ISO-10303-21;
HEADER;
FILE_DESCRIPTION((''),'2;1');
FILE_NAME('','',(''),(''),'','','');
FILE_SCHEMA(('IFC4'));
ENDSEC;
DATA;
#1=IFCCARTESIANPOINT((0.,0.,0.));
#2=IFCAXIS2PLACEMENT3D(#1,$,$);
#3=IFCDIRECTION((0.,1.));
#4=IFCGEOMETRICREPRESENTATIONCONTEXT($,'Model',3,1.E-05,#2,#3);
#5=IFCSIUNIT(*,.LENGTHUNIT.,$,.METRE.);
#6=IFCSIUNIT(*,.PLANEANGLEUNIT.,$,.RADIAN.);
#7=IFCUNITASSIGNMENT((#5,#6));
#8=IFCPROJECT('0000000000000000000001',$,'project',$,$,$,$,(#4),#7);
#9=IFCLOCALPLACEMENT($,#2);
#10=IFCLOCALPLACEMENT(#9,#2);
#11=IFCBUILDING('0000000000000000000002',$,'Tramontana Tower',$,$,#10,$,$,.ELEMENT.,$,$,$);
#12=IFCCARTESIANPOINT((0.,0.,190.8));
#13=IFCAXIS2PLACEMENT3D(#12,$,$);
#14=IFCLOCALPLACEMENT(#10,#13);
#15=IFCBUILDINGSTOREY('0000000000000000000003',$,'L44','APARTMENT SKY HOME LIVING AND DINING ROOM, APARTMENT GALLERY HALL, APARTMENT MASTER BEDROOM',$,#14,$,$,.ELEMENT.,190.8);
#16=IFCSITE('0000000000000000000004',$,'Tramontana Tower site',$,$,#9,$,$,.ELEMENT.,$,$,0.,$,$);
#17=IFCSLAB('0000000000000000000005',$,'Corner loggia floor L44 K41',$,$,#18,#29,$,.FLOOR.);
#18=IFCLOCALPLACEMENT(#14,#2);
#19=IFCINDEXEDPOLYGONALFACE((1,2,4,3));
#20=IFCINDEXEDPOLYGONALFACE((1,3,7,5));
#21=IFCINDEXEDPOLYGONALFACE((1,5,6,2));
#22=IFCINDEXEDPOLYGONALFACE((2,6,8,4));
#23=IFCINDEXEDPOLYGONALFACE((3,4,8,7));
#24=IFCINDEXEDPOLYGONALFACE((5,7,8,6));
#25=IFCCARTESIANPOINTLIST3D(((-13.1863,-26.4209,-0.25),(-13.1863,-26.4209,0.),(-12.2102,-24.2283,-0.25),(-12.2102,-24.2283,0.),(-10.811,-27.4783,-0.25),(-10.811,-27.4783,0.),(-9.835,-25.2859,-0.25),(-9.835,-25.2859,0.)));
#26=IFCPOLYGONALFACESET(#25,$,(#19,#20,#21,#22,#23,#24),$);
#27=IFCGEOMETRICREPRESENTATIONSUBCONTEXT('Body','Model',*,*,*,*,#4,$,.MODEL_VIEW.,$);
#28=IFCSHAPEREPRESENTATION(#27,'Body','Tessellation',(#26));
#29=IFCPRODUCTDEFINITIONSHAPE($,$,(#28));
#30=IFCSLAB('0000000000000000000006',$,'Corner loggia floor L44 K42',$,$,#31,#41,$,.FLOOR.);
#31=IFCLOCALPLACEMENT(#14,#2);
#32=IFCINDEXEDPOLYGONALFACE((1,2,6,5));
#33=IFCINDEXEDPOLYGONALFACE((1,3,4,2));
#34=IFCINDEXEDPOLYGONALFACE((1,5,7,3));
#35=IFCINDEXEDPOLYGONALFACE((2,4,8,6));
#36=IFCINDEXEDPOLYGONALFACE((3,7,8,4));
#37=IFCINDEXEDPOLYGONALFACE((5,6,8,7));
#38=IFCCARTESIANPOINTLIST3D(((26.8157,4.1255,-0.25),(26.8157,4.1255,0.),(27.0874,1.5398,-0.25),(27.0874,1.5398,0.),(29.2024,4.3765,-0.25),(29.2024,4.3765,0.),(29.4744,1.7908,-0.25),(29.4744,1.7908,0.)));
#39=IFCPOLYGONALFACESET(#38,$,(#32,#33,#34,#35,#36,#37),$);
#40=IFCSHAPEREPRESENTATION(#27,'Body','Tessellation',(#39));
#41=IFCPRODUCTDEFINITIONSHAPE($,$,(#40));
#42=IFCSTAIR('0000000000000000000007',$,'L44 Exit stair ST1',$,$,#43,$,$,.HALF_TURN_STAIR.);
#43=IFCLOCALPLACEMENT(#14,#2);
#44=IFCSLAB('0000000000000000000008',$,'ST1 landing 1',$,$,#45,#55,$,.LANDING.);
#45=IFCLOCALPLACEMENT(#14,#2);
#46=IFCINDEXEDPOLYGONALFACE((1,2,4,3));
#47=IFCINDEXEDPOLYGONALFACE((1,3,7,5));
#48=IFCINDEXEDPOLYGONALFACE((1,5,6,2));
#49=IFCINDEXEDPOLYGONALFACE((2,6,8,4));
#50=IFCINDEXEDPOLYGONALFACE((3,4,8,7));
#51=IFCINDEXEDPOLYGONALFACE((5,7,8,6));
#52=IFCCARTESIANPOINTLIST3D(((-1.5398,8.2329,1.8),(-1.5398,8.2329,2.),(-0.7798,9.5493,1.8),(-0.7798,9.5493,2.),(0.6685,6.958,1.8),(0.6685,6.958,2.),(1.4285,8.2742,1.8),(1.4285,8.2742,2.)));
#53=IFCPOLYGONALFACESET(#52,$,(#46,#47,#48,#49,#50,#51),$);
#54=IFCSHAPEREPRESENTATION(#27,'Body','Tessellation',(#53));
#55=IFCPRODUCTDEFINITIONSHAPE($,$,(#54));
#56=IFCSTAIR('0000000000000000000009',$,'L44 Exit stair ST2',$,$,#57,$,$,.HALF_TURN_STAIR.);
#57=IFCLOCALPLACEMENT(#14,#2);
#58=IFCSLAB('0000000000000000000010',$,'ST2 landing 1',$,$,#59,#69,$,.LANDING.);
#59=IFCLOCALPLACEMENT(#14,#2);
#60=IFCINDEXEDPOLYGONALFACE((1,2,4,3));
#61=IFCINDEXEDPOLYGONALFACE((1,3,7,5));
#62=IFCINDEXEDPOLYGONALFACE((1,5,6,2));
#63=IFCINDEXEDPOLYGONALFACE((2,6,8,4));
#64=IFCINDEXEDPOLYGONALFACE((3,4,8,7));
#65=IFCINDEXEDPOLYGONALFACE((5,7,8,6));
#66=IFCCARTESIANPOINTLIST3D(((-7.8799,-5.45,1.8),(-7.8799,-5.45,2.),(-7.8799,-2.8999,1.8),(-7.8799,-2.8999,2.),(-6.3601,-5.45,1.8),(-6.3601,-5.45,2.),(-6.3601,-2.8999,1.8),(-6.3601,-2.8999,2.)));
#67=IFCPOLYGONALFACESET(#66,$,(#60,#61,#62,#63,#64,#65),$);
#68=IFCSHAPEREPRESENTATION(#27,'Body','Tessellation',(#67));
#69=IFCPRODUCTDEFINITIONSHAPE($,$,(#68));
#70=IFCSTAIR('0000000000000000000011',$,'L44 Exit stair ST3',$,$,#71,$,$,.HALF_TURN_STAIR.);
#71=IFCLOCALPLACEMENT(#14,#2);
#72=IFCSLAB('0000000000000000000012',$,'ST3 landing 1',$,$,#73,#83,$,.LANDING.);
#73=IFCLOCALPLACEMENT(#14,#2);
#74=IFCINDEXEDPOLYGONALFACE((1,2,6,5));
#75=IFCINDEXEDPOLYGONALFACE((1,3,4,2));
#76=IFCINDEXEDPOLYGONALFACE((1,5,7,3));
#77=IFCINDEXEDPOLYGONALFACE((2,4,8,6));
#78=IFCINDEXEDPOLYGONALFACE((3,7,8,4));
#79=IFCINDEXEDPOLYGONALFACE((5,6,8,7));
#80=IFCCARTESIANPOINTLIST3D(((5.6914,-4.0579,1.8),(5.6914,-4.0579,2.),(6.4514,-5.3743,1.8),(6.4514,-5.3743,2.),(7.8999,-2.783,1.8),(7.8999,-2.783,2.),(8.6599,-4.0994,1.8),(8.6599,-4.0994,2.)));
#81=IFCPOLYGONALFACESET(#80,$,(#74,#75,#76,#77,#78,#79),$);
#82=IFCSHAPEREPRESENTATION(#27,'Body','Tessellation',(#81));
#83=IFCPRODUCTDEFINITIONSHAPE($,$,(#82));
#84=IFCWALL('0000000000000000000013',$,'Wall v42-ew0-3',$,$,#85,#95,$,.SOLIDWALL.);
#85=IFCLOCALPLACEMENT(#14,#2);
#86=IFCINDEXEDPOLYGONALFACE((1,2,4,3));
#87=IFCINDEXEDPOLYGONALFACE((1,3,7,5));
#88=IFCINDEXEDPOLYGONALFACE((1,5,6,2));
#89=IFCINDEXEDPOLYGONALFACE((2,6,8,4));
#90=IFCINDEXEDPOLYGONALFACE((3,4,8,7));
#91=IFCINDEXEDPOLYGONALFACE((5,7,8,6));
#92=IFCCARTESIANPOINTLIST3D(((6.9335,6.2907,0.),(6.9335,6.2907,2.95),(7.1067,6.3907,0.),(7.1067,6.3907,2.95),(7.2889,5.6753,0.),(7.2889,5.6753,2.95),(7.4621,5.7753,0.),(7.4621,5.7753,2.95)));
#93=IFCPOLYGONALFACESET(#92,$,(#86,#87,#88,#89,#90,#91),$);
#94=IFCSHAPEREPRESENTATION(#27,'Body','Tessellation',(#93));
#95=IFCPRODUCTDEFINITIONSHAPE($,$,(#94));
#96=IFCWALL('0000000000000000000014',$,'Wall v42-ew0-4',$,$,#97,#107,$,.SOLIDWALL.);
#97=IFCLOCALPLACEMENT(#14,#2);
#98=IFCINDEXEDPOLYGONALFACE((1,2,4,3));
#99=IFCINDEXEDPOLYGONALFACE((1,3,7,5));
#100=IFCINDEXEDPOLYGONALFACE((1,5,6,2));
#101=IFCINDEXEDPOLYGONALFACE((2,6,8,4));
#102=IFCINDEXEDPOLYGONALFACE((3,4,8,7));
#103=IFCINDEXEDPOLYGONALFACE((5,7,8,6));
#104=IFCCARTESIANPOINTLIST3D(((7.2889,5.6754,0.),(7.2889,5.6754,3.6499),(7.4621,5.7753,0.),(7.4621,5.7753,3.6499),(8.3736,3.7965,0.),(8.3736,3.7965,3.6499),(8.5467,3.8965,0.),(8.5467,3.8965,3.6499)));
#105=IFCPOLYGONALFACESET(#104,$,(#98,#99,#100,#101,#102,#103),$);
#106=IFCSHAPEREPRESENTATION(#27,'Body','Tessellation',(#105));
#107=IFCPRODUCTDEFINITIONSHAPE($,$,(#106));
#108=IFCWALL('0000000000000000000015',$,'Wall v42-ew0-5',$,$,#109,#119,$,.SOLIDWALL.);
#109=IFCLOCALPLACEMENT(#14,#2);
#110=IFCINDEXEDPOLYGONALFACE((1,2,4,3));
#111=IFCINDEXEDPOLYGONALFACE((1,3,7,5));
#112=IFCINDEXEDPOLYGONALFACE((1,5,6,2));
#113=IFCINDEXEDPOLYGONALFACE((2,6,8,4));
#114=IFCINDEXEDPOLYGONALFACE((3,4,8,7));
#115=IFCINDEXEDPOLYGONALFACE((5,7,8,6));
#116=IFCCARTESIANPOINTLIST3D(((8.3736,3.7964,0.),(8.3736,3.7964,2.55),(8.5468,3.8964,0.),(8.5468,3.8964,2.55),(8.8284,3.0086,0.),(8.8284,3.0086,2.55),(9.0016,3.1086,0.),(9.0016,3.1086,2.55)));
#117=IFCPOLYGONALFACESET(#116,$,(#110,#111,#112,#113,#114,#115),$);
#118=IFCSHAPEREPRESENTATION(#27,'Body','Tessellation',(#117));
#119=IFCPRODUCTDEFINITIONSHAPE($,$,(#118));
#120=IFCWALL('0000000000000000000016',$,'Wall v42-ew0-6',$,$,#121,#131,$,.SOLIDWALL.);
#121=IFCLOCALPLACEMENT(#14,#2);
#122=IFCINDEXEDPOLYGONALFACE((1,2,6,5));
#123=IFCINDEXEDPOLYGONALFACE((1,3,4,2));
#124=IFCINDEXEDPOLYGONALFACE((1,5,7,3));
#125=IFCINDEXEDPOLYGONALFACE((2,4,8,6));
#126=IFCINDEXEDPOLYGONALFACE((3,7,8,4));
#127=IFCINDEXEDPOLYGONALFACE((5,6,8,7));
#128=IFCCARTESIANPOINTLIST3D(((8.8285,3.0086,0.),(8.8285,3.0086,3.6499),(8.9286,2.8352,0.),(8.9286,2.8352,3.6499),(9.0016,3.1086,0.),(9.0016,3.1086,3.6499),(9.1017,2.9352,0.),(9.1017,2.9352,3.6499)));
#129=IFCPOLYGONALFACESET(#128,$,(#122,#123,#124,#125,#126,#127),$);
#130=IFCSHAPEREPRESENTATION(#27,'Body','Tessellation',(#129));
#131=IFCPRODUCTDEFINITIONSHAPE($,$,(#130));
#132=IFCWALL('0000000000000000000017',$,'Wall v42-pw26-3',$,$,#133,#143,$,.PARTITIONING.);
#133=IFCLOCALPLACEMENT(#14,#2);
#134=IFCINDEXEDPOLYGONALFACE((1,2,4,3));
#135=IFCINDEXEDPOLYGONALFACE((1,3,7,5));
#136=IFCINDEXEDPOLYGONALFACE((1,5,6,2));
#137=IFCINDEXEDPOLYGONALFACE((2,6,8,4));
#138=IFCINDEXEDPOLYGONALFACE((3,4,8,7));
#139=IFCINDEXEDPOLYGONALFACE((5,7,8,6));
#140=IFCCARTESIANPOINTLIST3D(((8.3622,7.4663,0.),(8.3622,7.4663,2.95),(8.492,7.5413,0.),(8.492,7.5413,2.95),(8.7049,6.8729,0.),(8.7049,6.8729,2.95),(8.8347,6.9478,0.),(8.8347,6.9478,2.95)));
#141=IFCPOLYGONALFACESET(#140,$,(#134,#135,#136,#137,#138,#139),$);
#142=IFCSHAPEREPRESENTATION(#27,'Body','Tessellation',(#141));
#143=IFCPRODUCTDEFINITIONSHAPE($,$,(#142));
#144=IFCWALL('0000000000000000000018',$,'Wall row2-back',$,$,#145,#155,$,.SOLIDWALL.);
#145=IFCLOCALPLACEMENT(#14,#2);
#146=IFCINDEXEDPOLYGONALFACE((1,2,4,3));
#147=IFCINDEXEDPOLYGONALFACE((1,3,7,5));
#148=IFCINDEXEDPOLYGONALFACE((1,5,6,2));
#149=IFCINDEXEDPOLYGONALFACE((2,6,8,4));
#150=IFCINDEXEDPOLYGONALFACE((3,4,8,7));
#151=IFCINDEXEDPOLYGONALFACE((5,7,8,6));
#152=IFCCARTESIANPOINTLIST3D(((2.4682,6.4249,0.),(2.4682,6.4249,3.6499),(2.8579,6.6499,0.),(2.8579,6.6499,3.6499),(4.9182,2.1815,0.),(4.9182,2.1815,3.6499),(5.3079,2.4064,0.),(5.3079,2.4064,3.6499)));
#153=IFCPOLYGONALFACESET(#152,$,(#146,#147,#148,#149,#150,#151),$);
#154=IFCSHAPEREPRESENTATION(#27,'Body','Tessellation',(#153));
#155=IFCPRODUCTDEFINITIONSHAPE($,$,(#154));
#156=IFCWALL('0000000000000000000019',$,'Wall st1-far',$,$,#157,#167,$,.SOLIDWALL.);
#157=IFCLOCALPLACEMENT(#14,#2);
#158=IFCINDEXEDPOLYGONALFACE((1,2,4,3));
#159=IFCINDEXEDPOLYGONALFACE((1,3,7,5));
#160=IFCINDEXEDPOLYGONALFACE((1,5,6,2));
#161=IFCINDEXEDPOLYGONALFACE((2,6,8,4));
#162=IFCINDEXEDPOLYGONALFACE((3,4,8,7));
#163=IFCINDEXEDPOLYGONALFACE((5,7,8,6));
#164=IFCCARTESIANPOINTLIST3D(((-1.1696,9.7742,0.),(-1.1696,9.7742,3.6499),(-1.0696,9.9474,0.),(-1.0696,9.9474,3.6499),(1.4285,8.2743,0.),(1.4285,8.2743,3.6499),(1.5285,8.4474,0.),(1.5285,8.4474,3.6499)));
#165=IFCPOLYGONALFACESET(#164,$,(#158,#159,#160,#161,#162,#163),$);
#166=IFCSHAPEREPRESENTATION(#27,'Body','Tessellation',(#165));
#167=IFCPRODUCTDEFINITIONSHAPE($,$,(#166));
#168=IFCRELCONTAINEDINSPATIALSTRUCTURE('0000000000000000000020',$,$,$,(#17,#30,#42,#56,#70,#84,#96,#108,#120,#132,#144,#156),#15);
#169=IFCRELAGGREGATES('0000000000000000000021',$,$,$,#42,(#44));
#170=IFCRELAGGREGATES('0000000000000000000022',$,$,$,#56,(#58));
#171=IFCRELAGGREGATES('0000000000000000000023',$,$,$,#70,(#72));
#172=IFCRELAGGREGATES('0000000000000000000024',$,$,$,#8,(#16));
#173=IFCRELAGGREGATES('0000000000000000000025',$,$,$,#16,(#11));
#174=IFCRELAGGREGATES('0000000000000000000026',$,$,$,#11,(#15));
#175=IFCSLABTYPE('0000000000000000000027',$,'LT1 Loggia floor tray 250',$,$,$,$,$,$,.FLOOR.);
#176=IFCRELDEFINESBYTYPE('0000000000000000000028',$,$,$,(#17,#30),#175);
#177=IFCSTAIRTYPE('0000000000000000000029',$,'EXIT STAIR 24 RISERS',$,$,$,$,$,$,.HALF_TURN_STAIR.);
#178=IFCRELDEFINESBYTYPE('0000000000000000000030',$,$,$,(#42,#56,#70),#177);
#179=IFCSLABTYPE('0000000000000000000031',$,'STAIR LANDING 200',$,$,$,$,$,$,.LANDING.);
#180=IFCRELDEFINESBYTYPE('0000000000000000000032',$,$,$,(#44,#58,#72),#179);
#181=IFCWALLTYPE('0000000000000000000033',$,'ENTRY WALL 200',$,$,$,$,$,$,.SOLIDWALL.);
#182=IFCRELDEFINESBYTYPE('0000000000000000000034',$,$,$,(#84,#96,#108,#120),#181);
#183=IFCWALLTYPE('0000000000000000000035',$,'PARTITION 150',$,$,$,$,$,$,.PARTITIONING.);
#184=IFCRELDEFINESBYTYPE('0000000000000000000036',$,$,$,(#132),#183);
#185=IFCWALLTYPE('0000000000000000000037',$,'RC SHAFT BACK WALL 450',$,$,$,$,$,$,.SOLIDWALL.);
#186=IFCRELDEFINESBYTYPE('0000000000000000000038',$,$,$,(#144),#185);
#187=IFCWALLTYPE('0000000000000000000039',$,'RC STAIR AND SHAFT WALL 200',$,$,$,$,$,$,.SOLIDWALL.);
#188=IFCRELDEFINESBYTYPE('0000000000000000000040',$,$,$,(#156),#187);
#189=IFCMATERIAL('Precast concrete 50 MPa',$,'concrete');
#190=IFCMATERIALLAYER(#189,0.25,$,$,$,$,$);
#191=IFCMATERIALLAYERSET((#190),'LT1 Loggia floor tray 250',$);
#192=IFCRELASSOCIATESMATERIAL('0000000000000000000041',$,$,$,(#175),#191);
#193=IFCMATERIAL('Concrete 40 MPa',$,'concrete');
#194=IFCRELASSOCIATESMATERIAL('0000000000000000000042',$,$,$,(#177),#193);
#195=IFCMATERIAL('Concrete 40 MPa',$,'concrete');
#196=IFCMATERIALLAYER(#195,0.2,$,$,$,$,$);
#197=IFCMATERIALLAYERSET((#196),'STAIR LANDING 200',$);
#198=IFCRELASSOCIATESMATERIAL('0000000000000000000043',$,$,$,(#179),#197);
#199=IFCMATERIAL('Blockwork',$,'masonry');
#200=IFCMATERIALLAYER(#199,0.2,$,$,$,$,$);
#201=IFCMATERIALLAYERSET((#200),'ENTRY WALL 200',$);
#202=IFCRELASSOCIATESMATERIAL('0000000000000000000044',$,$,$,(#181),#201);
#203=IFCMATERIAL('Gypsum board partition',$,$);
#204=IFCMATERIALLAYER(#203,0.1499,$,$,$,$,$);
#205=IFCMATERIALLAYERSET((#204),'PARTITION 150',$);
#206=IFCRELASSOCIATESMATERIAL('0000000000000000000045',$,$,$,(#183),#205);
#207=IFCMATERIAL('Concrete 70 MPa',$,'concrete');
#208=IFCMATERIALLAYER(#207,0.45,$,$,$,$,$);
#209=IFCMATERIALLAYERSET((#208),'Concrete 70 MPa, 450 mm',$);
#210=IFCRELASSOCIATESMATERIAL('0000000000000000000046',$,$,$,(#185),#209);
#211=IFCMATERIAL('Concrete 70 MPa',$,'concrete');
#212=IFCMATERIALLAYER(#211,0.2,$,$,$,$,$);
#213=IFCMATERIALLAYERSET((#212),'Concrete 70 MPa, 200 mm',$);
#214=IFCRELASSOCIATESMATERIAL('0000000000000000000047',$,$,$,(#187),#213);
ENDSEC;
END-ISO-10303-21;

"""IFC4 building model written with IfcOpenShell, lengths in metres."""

from ifc_helpers import new_model, si_unit, direction, frame, frame_2d, origin, place, context, subcontext, project, spatial, polyline, rectangle, outline, extrude, material, layer, layer_set, type_object, element, aggregate, save


model = new_model("IFC4")

# Units and contexts
model_context = context("Model", 3, precision=1e-05, world=origin(), true_north=direction((0.0, 1.0)))
body_context = subcontext(model_context, "Body", "Model", "MODEL_VIEW")
ifc_project = project(units=[si_unit("LENGTHUNIT", "METRE"), si_unit("PLANEANGLEUNIT", "RADIAN")], contexts=[model_context])

# Site, building, storey
site_placement = place(None, origin())
site = spatial("IfcSite", under=ifc_project, at=site_placement, Name="Tramontana Tower site", CompositionType="ELEMENT", RefElevation=0.0)
building_placement = place(site_placement, origin())
building = spatial("IfcBuilding", under=site, at=building_placement, Name="Tramontana Tower", CompositionType="ELEMENT")
storey_placement = place(building_placement, frame((0.0, 0.0, 190.8)))
storey = spatial("IfcBuildingStorey", under=building, at=storey_placement, Name="L44", Description="APARTMENT SKY HOME LIVING AND DINING ROOM, APARTMENT GALLERY HALL, APARTMENT MASTER BEDROOM", CompositionType="ELEMENT", Elevation=190.8)

# Slabs
ifc_material_1 = material(Name="Precast concrete 50 MPa", Category="concrete")
ifc_layer_1 = layer(ifc_material_1, 0.25)
ifc_layer_set_1 = layer_set([ifc_layer_1], Name="LT1 Loggia floor tray 250")
slab_type_1 = type_object("IfcSlabType", Name="LT1 Loggia floor tray 250", PredefinedType="FLOOR", material=ifc_layer_set_1)
slab_1_placement = place(storey_placement, frame((0.0, 0.0, -0.25)))
element("IfcSlab", 1, at=slab_1_placement, inside=storey, type_object=slab_type_1, Name="Corner loggia floor L44 K41", PredefinedType="FLOOR", context=body_context, shape_type="SweptSolid", body=[
    extrude(outline(polyline([(-13.1863, -26.4209), (-12.2102, -24.2283), (-9.835, -25.2859), (-10.811, -27.4783), (-13.1863, -26.4209)])), origin(), (0.0, 0.0, 1.0), 0.25),
])
slab_2_placement = place(storey_placement, frame((0.0, 0.0, -0.25)))
element("IfcSlab", 2, at=slab_2_placement, inside=storey, type_object=slab_type_1, Name="Corner loggia floor L44 K42", PredefinedType="FLOOR", context=body_context, shape_type="SweptSolid", body=[
    extrude(outline(polyline([(29.4744, 1.7908), (27.0874, 1.5398), (26.8157, 4.1255), (29.2024, 4.3765), (29.4744, 1.7908)])), origin(), (0.0, 0.0, 1.0), 0.25),
])

# Stairs, slabs
ifc_material_2 = material(Name="Concrete 40 MPa", Category="concrete")
stair_type = type_object("IfcStairType", Name="EXIT STAIR 24 RISERS", PredefinedType="HALF_TURN_STAIR", material=ifc_material_2)
stair_1_placement = place(storey_placement, origin())
stair_1 = element("IfcStair", 3, at=stair_1_placement, inside=storey, type_object=stair_type, Name="L44 Exit stair ST1", PredefinedType="HALF_TURN_STAIR")
ifc_material_3 = material(Name="Concrete 40 MPa", Category="concrete")
ifc_layer_2 = layer(ifc_material_3, 0.2)
ifc_layer_set_2 = layer_set([ifc_layer_2], Name="STAIR LANDING 200")
slab_type_2 = type_object("IfcSlabType", Name="STAIR LANDING 200", PredefinedType="LANDING", material=ifc_layer_set_2)
slab_3_placement = place(storey_placement, frame((0.0, 0.0, 1.8)))
slab_3 = element("IfcSlab", 4, at=slab_3_placement, type_object=slab_type_2, Name="ST1 landing 1", PredefinedType="LANDING", context=body_context, shape_type="SweptSolid", body=[
    extrude(outline(polyline([(0.6685, 6.958), (1.4285, 8.2742), (-0.7798, 9.5493), (-1.5398, 8.2329), (0.6685, 6.958)])), origin(), (0.0, 0.0, 1.0), 0.2),
])
aggregate(stair_1, [slab_3])
stair_2_placement = place(storey_placement, origin())
stair_2 = element("IfcStair", 5, at=stair_2_placement, inside=storey, type_object=stair_type, Name="L44 Exit stair ST2", PredefinedType="HALF_TURN_STAIR")
slab_4_placement = place(storey_placement, frame((0.0, 0.0, 1.8)))
slab_4 = element("IfcSlab", 6, at=slab_4_placement, type_object=slab_type_2, Name="ST2 landing 1", PredefinedType="LANDING", context=body_context, shape_type="SweptSolid", body=[
    extrude(outline(polyline([(-6.3601, -2.8999), (-7.8799, -2.8999), (-7.8799, -5.45), (-6.3601, -5.45), (-6.3601, -2.8999)])), origin(), (0.0, 0.0, 1.0), 0.2),
])
aggregate(stair_2, [slab_4])
stair_3_placement = place(storey_placement, origin())
stair_3 = element("IfcStair", 7, at=stair_3_placement, inside=storey, type_object=stair_type, Name="L44 Exit stair ST3", PredefinedType="HALF_TURN_STAIR")
slab_5_placement = place(storey_placement, frame((0.0, 0.0, 1.8)))
slab_5 = element("IfcSlab", 8, at=slab_5_placement, type_object=slab_type_2, Name="ST3 landing 1", PredefinedType="LANDING", context=body_context, shape_type="SweptSolid", body=[
    extrude(outline(polyline([(5.6914, -4.0579), (6.4514, -5.3743), (8.6599, -4.0994), (7.8999, -2.783), (5.6914, -4.0579)])), origin(), (0.0, 0.0, 1.0), 0.2),
])
aggregate(stair_3, [slab_5])

# Walls
ifc_material_4 = material(Name="Blockwork", Category="masonry")
ifc_layer_3 = layer(ifc_material_4, 0.2)
ifc_layer_set_3 = layer_set([ifc_layer_3], Name="ENTRY WALL 200")
wall_type_1 = type_object("IfcWallType", Name="ENTRY WALL 200", PredefinedType="SOLIDWALL", material=ifc_layer_set_3)
wall_1_placement = place(storey_placement, frame((7.02, 6.3408, 0.0), z_axis=(0.0, 0.0, 1.0), x_axis=(0.500129, -0.865951, 0.0)))
element("IfcWall", 9, at=wall_1_placement, inside=storey, type_object=wall_type_1, Name="Wall v42-ew0-3", PredefinedType="SOLIDWALL", context=body_context, shape_type="SweptSolid", body=[
    extrude(rectangle(XDim=0.7107, YDim=0.2, at=frame_2d((0.3555, 0.0))), origin(), (0.0, 0.0, 1.0), 2.95),
])
wall_2_placement = place(storey_placement, frame((7.3755, 5.7253, 0.0), z_axis=(0.0, 0.0, 1.0), x_axis=(0.499976, -0.866039, 0.0)))
element("IfcWall", 10, at=wall_2_placement, inside=storey, type_object=wall_type_1, Name="Wall v42-ew0-4", PredefinedType="SOLIDWALL", context=body_context, shape_type="SweptSolid", body=[
    extrude(rectangle(XDim=2.1694, YDim=0.2, at=frame_2d((1.0847, 0.0))), origin(), (0.0, 0.0, 1.0), 3.6499),
])
wall_3_placement = place(storey_placement, frame((8.4602, 3.8464, 0.0), z_axis=(0.0, 0.0, 1.0), x_axis=(0.499978, -0.866038, 0.0)))
element("IfcWall", 11, at=wall_3_placement, inside=storey, type_object=wall_type_1, Name="Wall v42-ew0-5", PredefinedType="SOLIDWALL", context=body_context, shape_type="SweptSolid", body=[
    extrude(rectangle(XDim=0.9097, YDim=0.2, at=frame_2d((0.4548, 0.0))), origin(), (0.0, 0.0, 1.0), 2.55),
])
wall_4_placement = place(storey_placement, frame((8.915, 3.0586, 0.0), z_axis=(0.0, 0.0, 1.0), x_axis=(0.500074, -0.865982, 0.0)))
element("IfcWall", 12, at=wall_4_placement, inside=storey, type_object=wall_type_1, Name="Wall v42-ew0-6", PredefinedType="SOLIDWALL", context=body_context, shape_type="SweptSolid", body=[
    extrude(rectangle(XDim=0.2002, YDim=0.2, at=frame_2d((0.1001, 0.0))), origin(), (0.0, 0.0, 1.0), 3.6499),
])

# Wall
ifc_material_5 = material(Name="Gypsum board partition")
ifc_layer_4 = layer(ifc_material_5, 0.1499)
ifc_layer_set_4 = layer_set([ifc_layer_4], Name="PARTITION 150")
wall_type_2 = type_object("IfcWallType", Name="PARTITION 150", PredefinedType="PARTITIONING", material=ifc_layer_set_4)
wall_5_placement = place(storey_placement, frame((8.427, 7.5039, 0.0), z_axis=(0.0, 0.0, 1.0), x_axis=(0.500123, -0.865954, 0.0)))
element("IfcWall", 13, at=wall_5_placement, inside=storey, type_object=wall_type_2, Name="Wall v42-pw26-3", PredefinedType="PARTITIONING", context=body_context, shape_type="SweptSolid", body=[
    extrude(rectangle(XDim=0.6853, YDim=0.1499, at=frame_2d((0.3428, 0.0))), origin(), (0.0, 0.0, 1.0), 2.95),
])

# Walls
ifc_material_6 = material(Name="Concrete 70 MPa", Category="concrete")
ifc_layer_5 = layer(ifc_material_6, 0.45)
ifc_layer_set_5 = layer_set([ifc_layer_5], Name="Concrete 70 MPa, 450 mm")
wall_type_3 = type_object("IfcWallType", Name="RC SHAFT BACK WALL 450", PredefinedType="SOLIDWALL", material=ifc_layer_set_5)
wall_6_placement = place(storey_placement, frame((5.113, 2.2939, 0.0), z_axis=(0.0, 0.0, 1.0), x_axis=(-0.500003, 0.866024, 0.0)))
element("IfcWall", 14, at=wall_6_placement, inside=storey, type_object=wall_type_3, Name="Wall row2-back", PredefinedType="SOLIDWALL", context=body_context, shape_type="SweptSolid", body=[
    extrude(rectangle(XDim=4.8999, YDim=0.45, at=frame_2d((2.45, 0.0))), origin(), (0.0, 0.0, 1.0), 3.6499),
])
ifc_material_7 = material(Name="Concrete 70 MPa", Category="concrete")
ifc_layer_6 = layer(ifc_material_7, 0.2)
ifc_layer_set_6 = layer_set([ifc_layer_6], Name="Concrete 70 MPa, 200 mm")
wall_type_4 = type_object("IfcWallType", Name="RC STAIR AND SHAFT WALL 200", PredefinedType="SOLIDWALL", material=ifc_layer_set_6)
wall_7_placement = place(storey_placement, frame((1.4785, 8.3608, 0.0), z_axis=(0.0, 0.0, 1.0), x_axis=(-0.866031, 0.49999, 0.0)))
element("IfcWall", 15, at=wall_7_placement, inside=storey, type_object=wall_type_4, Name="Wall st1-far", PredefinedType="SOLIDWALL", context=body_context, shape_type="SweptSolid", body=[
    extrude(rectangle(XDim=3.0, YDim=0.2, at=frame_2d((1.5, 0.0))), origin(), (0.0, 0.0, 1.0), 3.6499),
])

save(model, "model.ifc")
